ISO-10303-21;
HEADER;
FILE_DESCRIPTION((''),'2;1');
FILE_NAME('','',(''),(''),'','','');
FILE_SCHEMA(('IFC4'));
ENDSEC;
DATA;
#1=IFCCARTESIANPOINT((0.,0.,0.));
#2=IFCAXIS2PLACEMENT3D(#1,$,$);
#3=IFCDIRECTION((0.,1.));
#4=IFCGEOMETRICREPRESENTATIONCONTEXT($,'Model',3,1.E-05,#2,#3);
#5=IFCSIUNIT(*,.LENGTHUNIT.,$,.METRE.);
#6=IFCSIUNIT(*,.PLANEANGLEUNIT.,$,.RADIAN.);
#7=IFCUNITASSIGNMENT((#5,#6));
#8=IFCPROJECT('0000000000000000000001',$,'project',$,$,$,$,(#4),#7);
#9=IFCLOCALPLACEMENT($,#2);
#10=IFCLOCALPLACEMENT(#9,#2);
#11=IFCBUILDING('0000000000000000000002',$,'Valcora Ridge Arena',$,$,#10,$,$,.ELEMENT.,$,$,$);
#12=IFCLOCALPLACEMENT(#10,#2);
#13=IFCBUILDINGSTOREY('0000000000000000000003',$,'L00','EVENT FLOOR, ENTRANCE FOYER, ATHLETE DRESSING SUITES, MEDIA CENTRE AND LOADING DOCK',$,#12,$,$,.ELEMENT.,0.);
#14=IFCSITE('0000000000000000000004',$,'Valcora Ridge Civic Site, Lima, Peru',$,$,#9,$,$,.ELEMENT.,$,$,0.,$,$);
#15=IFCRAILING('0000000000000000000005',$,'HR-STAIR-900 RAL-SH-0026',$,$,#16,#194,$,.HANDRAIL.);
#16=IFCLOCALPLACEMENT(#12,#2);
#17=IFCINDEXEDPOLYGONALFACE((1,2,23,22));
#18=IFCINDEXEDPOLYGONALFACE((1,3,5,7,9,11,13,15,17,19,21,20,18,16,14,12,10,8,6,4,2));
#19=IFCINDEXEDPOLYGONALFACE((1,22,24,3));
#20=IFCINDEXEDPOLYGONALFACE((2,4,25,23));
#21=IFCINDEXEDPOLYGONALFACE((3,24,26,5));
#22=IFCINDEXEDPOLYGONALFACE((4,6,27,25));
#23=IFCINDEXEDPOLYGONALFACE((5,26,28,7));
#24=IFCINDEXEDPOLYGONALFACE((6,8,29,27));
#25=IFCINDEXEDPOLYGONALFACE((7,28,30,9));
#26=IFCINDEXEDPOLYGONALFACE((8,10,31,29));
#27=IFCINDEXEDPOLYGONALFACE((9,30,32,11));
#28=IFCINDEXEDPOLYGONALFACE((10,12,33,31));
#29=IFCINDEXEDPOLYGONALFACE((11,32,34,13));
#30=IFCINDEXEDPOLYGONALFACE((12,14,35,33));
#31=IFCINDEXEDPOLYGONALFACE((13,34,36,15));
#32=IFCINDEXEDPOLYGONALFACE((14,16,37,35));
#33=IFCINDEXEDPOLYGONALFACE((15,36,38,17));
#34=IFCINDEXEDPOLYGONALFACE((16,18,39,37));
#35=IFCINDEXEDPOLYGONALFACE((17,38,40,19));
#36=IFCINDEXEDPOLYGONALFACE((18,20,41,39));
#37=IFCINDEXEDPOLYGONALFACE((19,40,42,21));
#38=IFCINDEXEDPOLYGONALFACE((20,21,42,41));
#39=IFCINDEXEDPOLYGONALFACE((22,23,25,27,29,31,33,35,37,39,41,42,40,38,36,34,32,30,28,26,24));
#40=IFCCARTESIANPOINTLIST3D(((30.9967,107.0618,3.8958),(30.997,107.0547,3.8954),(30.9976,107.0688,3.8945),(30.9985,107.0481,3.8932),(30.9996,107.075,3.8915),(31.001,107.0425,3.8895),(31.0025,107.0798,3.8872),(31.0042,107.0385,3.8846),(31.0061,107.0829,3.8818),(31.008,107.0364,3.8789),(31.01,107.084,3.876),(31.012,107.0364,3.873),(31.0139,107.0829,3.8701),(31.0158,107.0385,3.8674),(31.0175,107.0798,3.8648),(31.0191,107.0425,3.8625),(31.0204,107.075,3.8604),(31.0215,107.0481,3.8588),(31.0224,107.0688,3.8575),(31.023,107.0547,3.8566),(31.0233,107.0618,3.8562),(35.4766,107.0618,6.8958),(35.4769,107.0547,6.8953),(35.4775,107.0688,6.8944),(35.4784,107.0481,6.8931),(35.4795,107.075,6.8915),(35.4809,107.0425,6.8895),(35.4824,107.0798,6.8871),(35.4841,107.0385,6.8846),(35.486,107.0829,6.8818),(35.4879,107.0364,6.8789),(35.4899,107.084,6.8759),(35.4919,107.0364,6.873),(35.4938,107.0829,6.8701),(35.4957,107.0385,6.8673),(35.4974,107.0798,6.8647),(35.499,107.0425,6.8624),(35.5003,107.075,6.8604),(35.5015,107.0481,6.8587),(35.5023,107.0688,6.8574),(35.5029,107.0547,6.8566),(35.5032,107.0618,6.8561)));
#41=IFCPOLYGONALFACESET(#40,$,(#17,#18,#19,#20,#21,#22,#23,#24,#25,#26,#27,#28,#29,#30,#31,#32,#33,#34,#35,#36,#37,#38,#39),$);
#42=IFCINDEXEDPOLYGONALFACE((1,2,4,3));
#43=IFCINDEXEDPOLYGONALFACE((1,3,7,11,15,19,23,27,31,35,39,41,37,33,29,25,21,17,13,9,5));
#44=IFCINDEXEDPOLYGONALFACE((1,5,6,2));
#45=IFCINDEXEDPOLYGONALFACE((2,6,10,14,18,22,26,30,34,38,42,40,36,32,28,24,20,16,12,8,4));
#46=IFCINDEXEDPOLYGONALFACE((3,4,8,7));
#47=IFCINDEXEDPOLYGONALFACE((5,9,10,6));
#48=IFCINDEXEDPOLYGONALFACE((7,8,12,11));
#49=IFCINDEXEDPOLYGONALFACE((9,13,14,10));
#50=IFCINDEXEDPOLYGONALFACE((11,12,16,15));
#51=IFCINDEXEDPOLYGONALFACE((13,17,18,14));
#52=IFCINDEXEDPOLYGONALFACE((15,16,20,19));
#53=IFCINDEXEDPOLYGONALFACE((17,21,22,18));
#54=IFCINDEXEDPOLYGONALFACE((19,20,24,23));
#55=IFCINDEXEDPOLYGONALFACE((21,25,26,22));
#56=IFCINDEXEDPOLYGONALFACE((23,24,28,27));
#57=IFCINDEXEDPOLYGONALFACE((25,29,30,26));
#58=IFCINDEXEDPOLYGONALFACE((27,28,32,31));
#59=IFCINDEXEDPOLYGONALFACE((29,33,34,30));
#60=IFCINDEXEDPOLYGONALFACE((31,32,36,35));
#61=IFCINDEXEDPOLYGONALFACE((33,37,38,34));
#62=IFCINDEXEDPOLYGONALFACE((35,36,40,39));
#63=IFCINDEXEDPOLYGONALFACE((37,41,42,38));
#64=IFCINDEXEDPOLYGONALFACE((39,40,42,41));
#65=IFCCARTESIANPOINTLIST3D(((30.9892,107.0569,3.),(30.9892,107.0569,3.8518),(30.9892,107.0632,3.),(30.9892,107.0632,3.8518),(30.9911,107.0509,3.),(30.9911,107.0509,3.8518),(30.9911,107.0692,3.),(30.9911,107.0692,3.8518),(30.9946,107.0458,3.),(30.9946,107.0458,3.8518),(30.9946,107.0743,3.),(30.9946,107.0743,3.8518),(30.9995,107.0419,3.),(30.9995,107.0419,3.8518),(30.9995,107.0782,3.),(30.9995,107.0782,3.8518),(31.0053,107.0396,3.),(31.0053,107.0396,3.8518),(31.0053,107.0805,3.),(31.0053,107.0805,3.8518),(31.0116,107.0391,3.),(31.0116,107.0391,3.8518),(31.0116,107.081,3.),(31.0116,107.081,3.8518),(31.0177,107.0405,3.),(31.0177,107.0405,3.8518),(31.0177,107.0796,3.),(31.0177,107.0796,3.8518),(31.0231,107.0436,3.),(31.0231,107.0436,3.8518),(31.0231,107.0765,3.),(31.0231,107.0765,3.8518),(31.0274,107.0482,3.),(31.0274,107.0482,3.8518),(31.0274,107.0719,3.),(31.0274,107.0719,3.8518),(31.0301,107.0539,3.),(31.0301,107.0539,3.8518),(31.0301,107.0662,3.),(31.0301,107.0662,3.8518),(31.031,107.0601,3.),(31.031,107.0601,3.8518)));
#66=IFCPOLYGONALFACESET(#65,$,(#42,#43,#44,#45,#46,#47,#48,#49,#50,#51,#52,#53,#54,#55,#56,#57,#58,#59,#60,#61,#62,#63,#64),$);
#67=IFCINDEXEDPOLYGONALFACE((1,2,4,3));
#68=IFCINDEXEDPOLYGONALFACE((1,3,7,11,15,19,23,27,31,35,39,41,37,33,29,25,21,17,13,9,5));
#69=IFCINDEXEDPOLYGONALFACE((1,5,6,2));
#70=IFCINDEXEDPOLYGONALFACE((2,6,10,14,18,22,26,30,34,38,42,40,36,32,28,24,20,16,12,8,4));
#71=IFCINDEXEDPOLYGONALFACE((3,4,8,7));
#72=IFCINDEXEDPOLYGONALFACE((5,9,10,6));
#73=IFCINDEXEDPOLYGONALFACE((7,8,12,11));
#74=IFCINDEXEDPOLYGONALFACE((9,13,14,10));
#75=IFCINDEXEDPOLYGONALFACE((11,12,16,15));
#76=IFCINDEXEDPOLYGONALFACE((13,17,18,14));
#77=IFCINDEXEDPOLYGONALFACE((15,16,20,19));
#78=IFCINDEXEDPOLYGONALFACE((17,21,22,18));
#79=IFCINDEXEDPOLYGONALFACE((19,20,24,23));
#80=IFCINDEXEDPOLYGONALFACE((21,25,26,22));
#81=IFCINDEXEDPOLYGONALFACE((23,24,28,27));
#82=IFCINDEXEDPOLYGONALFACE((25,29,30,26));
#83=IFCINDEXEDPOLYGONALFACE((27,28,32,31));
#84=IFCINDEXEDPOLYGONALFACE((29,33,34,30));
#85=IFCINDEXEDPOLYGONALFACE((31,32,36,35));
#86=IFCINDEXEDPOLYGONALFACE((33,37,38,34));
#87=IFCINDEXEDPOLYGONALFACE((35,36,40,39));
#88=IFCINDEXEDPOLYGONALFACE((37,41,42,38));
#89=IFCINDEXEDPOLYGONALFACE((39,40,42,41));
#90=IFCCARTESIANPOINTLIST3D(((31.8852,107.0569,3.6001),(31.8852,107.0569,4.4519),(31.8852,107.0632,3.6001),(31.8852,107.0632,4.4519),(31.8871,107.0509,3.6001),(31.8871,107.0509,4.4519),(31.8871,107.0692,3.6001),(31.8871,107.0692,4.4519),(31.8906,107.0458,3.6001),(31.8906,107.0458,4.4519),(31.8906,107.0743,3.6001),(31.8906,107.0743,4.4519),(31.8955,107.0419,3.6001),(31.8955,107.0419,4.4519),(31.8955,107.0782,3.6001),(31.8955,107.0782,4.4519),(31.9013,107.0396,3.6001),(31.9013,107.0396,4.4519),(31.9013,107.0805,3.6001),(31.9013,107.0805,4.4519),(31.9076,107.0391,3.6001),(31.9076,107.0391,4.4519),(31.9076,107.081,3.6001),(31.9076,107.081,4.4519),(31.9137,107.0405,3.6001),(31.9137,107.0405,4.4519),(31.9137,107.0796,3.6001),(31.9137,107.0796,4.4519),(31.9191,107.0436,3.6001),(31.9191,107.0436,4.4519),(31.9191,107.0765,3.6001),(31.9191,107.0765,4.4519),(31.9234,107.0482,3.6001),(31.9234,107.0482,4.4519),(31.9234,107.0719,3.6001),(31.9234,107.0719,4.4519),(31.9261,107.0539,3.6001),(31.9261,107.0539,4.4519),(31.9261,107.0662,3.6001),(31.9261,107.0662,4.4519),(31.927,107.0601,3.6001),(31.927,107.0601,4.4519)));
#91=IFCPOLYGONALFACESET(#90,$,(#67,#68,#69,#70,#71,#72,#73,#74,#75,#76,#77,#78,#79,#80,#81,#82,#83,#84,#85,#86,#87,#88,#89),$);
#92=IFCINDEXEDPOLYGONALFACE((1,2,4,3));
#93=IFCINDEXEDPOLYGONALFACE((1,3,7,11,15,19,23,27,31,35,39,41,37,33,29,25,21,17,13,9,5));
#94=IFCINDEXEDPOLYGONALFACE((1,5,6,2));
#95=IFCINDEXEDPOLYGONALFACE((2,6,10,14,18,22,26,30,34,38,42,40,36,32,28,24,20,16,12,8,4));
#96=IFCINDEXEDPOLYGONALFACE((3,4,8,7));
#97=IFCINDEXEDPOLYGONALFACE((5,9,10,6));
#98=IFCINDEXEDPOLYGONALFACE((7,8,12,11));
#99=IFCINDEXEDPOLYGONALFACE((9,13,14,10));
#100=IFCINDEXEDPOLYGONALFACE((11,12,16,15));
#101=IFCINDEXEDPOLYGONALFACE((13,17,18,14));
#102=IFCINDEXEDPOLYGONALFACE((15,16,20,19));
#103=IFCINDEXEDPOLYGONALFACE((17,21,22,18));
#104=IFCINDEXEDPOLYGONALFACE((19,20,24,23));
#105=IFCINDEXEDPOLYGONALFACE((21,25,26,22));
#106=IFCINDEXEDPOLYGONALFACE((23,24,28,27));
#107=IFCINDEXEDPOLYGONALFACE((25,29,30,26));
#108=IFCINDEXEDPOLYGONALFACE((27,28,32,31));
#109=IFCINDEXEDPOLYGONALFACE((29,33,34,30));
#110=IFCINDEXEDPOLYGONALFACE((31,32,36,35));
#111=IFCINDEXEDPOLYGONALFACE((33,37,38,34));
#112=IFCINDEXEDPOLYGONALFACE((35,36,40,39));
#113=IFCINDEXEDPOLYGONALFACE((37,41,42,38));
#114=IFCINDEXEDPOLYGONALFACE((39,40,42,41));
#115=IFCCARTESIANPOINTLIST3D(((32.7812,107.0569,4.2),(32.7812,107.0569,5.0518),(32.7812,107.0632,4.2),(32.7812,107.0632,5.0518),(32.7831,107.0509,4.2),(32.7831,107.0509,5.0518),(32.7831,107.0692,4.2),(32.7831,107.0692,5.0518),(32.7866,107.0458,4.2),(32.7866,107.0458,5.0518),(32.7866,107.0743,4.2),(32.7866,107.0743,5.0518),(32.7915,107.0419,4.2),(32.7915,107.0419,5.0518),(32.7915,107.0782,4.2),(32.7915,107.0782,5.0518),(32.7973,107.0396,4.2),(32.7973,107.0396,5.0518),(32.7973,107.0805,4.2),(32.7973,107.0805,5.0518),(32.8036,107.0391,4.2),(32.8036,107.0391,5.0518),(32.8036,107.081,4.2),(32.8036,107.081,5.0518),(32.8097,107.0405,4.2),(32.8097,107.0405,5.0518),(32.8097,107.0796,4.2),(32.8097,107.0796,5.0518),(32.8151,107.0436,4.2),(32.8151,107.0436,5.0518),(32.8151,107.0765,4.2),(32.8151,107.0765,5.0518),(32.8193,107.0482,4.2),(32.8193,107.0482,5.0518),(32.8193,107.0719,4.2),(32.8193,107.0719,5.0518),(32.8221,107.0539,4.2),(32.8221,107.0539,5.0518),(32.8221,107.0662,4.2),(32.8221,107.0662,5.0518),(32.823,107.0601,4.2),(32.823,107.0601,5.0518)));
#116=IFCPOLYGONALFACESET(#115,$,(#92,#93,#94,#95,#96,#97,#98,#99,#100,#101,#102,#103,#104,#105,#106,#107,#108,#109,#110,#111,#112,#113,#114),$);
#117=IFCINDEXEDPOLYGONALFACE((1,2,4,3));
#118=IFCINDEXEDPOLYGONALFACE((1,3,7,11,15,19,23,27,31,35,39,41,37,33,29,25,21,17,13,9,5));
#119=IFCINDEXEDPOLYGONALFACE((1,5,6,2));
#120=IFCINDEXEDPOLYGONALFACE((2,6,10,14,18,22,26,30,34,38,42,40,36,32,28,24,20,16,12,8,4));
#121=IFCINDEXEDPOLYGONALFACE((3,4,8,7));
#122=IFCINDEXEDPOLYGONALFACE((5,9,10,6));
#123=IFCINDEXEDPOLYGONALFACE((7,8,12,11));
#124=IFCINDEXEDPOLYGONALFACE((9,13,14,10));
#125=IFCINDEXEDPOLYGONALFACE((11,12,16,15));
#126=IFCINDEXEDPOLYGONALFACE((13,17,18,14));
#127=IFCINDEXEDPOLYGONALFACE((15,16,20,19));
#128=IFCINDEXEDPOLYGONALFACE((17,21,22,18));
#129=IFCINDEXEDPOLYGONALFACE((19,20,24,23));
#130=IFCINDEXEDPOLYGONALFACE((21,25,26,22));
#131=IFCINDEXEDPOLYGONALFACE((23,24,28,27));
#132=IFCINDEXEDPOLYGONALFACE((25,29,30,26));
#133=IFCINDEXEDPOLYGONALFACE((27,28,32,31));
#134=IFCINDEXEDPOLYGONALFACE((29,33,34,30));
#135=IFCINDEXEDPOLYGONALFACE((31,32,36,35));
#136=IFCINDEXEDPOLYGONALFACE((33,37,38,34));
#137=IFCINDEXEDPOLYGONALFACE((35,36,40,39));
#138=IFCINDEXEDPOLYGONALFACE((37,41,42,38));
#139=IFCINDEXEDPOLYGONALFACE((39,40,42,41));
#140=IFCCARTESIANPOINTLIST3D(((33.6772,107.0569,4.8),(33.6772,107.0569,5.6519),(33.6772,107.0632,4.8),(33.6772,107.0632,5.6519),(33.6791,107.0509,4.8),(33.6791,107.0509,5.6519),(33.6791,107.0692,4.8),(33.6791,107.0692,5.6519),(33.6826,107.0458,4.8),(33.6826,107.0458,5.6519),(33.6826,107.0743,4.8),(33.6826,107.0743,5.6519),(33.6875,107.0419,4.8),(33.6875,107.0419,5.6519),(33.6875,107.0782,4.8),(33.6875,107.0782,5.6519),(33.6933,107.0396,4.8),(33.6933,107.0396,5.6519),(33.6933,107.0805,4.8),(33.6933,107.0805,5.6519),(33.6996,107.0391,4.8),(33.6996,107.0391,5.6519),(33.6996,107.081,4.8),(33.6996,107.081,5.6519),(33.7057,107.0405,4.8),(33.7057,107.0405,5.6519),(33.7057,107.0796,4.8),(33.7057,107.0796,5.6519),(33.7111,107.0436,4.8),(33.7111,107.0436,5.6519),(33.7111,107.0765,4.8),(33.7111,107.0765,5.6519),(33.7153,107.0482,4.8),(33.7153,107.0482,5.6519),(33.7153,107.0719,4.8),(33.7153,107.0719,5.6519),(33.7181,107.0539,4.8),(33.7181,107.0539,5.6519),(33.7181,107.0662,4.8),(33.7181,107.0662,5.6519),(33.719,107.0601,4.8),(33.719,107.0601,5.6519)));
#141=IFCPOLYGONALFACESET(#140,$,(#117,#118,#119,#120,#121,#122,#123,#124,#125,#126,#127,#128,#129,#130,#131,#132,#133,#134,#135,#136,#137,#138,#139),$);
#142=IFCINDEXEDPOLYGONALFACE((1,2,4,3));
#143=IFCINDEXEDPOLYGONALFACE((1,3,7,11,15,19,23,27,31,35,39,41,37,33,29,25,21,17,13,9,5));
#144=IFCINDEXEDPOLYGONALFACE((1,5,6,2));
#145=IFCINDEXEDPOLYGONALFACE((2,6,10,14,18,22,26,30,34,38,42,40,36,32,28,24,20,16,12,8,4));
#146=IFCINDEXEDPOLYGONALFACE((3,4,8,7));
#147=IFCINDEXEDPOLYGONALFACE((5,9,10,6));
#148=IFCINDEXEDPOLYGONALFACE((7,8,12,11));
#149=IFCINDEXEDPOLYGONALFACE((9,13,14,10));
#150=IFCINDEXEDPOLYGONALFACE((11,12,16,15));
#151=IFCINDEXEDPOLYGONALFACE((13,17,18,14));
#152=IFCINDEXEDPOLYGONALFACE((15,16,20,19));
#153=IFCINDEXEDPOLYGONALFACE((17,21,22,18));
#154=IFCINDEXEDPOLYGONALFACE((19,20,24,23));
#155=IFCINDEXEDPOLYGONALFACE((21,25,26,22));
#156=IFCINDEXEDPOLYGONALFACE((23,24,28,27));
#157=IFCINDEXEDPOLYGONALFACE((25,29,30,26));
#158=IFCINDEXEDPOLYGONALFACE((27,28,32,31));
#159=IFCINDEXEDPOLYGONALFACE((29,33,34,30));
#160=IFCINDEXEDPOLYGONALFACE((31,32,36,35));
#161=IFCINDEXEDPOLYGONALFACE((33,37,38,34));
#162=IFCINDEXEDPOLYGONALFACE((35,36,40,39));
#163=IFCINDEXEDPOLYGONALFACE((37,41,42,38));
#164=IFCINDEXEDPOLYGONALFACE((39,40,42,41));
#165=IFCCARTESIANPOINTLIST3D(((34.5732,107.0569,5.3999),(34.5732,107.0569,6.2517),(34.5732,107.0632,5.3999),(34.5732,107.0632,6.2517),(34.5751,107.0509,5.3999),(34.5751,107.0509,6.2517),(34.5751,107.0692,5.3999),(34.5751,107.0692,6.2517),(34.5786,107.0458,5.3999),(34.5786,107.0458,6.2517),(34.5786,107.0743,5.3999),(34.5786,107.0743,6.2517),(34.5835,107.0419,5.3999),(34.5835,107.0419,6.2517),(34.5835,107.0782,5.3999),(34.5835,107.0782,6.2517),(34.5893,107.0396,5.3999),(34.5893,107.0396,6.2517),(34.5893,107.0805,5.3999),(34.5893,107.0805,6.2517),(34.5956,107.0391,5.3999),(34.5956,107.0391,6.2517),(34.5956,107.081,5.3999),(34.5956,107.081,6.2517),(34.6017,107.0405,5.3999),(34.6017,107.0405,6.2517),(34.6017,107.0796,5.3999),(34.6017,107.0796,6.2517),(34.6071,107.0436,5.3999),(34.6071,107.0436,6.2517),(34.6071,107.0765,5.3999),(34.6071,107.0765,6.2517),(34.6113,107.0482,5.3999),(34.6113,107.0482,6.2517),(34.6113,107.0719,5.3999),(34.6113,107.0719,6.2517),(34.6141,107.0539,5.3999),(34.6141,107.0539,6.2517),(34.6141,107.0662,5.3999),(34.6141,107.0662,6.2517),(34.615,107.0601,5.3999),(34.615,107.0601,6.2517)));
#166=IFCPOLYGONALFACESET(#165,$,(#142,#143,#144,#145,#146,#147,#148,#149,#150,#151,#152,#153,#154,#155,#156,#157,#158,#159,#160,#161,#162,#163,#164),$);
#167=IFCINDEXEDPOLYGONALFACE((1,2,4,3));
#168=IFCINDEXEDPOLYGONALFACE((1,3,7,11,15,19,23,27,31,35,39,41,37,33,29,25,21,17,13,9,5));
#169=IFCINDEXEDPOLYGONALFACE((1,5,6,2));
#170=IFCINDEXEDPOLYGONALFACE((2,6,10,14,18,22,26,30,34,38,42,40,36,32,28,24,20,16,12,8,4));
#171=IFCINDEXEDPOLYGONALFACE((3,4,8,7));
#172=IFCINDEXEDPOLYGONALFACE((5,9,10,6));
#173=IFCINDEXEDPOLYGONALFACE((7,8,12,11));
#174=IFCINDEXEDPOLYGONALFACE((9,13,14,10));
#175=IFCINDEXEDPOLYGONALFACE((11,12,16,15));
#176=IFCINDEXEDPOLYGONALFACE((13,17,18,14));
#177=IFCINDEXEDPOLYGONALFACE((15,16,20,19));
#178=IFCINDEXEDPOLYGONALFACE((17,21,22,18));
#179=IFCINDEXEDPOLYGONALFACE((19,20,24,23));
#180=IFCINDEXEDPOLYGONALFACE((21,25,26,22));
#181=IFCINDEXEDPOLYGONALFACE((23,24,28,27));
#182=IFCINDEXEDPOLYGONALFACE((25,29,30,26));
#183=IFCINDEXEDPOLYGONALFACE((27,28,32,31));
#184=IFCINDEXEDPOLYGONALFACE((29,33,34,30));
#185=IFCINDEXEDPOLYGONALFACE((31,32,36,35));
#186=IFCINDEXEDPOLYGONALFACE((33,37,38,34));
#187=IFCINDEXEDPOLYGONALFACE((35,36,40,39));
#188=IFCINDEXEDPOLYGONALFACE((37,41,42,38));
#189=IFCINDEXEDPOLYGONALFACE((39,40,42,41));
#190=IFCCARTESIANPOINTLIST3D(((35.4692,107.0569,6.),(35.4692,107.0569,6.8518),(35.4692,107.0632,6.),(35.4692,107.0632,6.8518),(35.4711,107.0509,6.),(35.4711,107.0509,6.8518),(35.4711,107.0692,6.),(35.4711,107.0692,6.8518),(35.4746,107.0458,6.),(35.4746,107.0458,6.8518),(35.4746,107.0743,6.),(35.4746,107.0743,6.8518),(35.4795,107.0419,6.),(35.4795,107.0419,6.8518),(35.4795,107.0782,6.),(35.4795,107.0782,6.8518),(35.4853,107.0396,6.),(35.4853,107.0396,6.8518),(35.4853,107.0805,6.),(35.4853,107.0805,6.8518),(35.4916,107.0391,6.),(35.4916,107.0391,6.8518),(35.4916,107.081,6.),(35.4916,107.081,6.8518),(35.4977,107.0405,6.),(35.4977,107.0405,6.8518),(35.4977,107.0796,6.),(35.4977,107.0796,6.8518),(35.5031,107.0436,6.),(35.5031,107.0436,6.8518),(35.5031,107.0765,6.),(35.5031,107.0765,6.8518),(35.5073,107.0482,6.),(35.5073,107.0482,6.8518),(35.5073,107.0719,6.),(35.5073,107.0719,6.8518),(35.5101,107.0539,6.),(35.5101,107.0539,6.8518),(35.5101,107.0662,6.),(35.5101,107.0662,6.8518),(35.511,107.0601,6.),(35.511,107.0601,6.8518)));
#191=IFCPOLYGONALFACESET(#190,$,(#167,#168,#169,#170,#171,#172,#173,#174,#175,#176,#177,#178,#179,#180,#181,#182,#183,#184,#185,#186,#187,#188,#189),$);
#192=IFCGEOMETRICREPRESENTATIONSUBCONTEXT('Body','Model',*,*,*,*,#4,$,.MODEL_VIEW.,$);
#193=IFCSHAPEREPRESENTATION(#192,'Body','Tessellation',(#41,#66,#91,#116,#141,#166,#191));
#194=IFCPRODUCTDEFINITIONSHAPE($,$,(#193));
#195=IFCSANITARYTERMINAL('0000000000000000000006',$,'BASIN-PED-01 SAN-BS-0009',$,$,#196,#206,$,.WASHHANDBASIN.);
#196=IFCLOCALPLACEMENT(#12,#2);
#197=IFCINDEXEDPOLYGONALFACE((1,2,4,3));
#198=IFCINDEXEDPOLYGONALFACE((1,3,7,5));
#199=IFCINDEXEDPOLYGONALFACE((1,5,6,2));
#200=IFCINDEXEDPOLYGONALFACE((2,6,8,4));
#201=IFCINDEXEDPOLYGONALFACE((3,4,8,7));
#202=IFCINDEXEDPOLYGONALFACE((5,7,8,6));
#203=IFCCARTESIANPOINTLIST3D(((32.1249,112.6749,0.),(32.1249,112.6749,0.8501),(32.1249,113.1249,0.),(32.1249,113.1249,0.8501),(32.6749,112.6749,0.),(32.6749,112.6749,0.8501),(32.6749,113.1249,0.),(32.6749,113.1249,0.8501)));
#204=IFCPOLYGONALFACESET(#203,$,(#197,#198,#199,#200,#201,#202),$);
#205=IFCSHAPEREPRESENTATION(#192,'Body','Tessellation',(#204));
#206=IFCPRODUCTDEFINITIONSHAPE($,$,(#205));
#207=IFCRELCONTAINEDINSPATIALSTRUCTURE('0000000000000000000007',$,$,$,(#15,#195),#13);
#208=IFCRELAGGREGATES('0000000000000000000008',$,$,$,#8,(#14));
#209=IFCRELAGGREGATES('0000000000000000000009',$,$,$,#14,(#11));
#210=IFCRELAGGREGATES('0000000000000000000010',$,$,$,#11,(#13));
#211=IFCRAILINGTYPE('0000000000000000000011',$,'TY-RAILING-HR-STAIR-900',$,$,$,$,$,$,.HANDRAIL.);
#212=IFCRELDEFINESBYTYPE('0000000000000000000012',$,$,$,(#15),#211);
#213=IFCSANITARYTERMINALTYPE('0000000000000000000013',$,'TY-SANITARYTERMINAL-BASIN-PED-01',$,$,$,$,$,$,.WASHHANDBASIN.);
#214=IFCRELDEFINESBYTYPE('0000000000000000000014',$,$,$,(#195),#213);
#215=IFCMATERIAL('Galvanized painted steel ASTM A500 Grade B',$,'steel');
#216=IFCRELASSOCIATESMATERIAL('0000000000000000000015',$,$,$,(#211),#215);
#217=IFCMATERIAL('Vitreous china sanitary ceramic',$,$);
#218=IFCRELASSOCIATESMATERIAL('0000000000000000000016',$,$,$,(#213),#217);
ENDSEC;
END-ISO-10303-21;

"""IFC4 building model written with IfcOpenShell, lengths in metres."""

from ifc_helpers import new_model, si_unit, direction, frame, origin, origin_2d, place, context, subcontext, project, spatial, rectangle, circle, extrude, material, type_object, element, save


model = new_model("IFC4")

# Units and contexts
model_context = context("Model", 3, precision=1e-05, world=origin(), true_north=direction((0.0, 1.0)))
body_context = subcontext(model_context, "Body", "Model", "MODEL_VIEW")
ifc_project = project(units=[si_unit("LENGTHUNIT", "METRE"), si_unit("PLANEANGLEUNIT", "RADIAN")], contexts=[model_context])

# Site, building, storey
site_placement = place(None, origin())
site = spatial("IfcSite", under=ifc_project, at=site_placement, Name="Valcora Ridge Civic Site, Lima, Peru", CompositionType="ELEMENT", RefElevation=0.0)
building_placement = place(site_placement, origin())
building = spatial("IfcBuilding", under=site, at=building_placement, Name="Valcora Ridge Arena", CompositionType="ELEMENT")
storey_placement = place(building_placement, origin())
storey = spatial("IfcBuildingStorey", under=building, at=storey_placement, Name="L00", Description="EVENT FLOOR, ENTRANCE FOYER, ATHLETE DRESSING SUITES, MEDIA CENTRE AND LOADING DOCK", CompositionType="ELEMENT", Elevation=0.0)

# Railing
ifc_material_1 = material(Name="Galvanized painted steel ASTM A500 Grade B", Category="steel")
railing_type_1 = type_object("IfcRailingType", Name="TY-RAILING-HR-STAIR-900", PredefinedType="HANDRAIL", material=ifc_material_1)
railing_1_placement = place(storey_placement, frame((31.01, 107.0601, 3.0)))
element("IfcRailing", 1, at=railing_1_placement, inside=storey, type_object=railing_type_1, Name="HR-STAIR-900 RAL-SH-0026", PredefinedType="HANDRAIL", context=body_context, shape_type="SweptSolid", body=[
    extrude(circle(Radius=0.0239, at=origin_2d()), frame((0.0, 0.0, 0.876), z_axis=(0.830906, 0.0, 0.556413), x_axis=(0.0, 1.0, 0.0)), (0.0, 0.0, 1.0), 5.3916),
    extrude(circle(Radius=0.021, at=origin_2d()), origin(), (0.0, 0.0, 1.0), 0.8518),
    extrude(circle(Radius=0.021, at=origin_2d()), frame((0.896, 0.0, 0.6001)), (0.0, 0.0, 1.0), 0.8518),
    extrude(circle(Radius=0.021, at=origin_2d()), frame((1.792, 0.0, 1.2)), (0.0, 0.0, 1.0), 0.8518),
    extrude(circle(Radius=0.021, at=origin_2d()), frame((2.688, 0.0, 1.8)), (0.0, 0.0, 1.0), 0.8518),
    extrude(circle(Radius=0.021, at=origin_2d()), frame((3.584, 0.0, 2.3999)), (0.0, 0.0, 1.0), 0.8518),
    extrude(circle(Radius=0.021, at=origin_2d()), frame((4.48, 0.0, 3.0)), (0.0, 0.0, 1.0), 0.8518),
])

# Sanitary terminal
ifc_material_2 = material(Name="Vitreous china sanitary ceramic")
sanitary_terminal_type_1 = type_object("IfcSanitaryTerminalType", Name="TY-SANITARYTERMINAL-BASIN-PED-01", PredefinedType="WASHHANDBASIN", material=ifc_material_2)
sanitary_terminal_1_placement = place(storey_placement, frame((32.3999, 112.8999, 0.0), z_axis=(0.0, 0.0, 1.0), x_axis=(1.0, 0.0, 0.0)))
element("IfcSanitaryTerminal", 2, at=sanitary_terminal_1_placement, inside=storey, type_object=sanitary_terminal_type_1, Name="BASIN-PED-01 SAN-BS-0009", PredefinedType="WASHHANDBASIN", context=body_context, shape_type="SweptSolid", body=[
    extrude(rectangle(XDim=0.55, YDim=0.45, at=origin_2d()), origin(), (0.0, 0.0, 1.0), 0.8501),
])

save(model, "model.ifc")
